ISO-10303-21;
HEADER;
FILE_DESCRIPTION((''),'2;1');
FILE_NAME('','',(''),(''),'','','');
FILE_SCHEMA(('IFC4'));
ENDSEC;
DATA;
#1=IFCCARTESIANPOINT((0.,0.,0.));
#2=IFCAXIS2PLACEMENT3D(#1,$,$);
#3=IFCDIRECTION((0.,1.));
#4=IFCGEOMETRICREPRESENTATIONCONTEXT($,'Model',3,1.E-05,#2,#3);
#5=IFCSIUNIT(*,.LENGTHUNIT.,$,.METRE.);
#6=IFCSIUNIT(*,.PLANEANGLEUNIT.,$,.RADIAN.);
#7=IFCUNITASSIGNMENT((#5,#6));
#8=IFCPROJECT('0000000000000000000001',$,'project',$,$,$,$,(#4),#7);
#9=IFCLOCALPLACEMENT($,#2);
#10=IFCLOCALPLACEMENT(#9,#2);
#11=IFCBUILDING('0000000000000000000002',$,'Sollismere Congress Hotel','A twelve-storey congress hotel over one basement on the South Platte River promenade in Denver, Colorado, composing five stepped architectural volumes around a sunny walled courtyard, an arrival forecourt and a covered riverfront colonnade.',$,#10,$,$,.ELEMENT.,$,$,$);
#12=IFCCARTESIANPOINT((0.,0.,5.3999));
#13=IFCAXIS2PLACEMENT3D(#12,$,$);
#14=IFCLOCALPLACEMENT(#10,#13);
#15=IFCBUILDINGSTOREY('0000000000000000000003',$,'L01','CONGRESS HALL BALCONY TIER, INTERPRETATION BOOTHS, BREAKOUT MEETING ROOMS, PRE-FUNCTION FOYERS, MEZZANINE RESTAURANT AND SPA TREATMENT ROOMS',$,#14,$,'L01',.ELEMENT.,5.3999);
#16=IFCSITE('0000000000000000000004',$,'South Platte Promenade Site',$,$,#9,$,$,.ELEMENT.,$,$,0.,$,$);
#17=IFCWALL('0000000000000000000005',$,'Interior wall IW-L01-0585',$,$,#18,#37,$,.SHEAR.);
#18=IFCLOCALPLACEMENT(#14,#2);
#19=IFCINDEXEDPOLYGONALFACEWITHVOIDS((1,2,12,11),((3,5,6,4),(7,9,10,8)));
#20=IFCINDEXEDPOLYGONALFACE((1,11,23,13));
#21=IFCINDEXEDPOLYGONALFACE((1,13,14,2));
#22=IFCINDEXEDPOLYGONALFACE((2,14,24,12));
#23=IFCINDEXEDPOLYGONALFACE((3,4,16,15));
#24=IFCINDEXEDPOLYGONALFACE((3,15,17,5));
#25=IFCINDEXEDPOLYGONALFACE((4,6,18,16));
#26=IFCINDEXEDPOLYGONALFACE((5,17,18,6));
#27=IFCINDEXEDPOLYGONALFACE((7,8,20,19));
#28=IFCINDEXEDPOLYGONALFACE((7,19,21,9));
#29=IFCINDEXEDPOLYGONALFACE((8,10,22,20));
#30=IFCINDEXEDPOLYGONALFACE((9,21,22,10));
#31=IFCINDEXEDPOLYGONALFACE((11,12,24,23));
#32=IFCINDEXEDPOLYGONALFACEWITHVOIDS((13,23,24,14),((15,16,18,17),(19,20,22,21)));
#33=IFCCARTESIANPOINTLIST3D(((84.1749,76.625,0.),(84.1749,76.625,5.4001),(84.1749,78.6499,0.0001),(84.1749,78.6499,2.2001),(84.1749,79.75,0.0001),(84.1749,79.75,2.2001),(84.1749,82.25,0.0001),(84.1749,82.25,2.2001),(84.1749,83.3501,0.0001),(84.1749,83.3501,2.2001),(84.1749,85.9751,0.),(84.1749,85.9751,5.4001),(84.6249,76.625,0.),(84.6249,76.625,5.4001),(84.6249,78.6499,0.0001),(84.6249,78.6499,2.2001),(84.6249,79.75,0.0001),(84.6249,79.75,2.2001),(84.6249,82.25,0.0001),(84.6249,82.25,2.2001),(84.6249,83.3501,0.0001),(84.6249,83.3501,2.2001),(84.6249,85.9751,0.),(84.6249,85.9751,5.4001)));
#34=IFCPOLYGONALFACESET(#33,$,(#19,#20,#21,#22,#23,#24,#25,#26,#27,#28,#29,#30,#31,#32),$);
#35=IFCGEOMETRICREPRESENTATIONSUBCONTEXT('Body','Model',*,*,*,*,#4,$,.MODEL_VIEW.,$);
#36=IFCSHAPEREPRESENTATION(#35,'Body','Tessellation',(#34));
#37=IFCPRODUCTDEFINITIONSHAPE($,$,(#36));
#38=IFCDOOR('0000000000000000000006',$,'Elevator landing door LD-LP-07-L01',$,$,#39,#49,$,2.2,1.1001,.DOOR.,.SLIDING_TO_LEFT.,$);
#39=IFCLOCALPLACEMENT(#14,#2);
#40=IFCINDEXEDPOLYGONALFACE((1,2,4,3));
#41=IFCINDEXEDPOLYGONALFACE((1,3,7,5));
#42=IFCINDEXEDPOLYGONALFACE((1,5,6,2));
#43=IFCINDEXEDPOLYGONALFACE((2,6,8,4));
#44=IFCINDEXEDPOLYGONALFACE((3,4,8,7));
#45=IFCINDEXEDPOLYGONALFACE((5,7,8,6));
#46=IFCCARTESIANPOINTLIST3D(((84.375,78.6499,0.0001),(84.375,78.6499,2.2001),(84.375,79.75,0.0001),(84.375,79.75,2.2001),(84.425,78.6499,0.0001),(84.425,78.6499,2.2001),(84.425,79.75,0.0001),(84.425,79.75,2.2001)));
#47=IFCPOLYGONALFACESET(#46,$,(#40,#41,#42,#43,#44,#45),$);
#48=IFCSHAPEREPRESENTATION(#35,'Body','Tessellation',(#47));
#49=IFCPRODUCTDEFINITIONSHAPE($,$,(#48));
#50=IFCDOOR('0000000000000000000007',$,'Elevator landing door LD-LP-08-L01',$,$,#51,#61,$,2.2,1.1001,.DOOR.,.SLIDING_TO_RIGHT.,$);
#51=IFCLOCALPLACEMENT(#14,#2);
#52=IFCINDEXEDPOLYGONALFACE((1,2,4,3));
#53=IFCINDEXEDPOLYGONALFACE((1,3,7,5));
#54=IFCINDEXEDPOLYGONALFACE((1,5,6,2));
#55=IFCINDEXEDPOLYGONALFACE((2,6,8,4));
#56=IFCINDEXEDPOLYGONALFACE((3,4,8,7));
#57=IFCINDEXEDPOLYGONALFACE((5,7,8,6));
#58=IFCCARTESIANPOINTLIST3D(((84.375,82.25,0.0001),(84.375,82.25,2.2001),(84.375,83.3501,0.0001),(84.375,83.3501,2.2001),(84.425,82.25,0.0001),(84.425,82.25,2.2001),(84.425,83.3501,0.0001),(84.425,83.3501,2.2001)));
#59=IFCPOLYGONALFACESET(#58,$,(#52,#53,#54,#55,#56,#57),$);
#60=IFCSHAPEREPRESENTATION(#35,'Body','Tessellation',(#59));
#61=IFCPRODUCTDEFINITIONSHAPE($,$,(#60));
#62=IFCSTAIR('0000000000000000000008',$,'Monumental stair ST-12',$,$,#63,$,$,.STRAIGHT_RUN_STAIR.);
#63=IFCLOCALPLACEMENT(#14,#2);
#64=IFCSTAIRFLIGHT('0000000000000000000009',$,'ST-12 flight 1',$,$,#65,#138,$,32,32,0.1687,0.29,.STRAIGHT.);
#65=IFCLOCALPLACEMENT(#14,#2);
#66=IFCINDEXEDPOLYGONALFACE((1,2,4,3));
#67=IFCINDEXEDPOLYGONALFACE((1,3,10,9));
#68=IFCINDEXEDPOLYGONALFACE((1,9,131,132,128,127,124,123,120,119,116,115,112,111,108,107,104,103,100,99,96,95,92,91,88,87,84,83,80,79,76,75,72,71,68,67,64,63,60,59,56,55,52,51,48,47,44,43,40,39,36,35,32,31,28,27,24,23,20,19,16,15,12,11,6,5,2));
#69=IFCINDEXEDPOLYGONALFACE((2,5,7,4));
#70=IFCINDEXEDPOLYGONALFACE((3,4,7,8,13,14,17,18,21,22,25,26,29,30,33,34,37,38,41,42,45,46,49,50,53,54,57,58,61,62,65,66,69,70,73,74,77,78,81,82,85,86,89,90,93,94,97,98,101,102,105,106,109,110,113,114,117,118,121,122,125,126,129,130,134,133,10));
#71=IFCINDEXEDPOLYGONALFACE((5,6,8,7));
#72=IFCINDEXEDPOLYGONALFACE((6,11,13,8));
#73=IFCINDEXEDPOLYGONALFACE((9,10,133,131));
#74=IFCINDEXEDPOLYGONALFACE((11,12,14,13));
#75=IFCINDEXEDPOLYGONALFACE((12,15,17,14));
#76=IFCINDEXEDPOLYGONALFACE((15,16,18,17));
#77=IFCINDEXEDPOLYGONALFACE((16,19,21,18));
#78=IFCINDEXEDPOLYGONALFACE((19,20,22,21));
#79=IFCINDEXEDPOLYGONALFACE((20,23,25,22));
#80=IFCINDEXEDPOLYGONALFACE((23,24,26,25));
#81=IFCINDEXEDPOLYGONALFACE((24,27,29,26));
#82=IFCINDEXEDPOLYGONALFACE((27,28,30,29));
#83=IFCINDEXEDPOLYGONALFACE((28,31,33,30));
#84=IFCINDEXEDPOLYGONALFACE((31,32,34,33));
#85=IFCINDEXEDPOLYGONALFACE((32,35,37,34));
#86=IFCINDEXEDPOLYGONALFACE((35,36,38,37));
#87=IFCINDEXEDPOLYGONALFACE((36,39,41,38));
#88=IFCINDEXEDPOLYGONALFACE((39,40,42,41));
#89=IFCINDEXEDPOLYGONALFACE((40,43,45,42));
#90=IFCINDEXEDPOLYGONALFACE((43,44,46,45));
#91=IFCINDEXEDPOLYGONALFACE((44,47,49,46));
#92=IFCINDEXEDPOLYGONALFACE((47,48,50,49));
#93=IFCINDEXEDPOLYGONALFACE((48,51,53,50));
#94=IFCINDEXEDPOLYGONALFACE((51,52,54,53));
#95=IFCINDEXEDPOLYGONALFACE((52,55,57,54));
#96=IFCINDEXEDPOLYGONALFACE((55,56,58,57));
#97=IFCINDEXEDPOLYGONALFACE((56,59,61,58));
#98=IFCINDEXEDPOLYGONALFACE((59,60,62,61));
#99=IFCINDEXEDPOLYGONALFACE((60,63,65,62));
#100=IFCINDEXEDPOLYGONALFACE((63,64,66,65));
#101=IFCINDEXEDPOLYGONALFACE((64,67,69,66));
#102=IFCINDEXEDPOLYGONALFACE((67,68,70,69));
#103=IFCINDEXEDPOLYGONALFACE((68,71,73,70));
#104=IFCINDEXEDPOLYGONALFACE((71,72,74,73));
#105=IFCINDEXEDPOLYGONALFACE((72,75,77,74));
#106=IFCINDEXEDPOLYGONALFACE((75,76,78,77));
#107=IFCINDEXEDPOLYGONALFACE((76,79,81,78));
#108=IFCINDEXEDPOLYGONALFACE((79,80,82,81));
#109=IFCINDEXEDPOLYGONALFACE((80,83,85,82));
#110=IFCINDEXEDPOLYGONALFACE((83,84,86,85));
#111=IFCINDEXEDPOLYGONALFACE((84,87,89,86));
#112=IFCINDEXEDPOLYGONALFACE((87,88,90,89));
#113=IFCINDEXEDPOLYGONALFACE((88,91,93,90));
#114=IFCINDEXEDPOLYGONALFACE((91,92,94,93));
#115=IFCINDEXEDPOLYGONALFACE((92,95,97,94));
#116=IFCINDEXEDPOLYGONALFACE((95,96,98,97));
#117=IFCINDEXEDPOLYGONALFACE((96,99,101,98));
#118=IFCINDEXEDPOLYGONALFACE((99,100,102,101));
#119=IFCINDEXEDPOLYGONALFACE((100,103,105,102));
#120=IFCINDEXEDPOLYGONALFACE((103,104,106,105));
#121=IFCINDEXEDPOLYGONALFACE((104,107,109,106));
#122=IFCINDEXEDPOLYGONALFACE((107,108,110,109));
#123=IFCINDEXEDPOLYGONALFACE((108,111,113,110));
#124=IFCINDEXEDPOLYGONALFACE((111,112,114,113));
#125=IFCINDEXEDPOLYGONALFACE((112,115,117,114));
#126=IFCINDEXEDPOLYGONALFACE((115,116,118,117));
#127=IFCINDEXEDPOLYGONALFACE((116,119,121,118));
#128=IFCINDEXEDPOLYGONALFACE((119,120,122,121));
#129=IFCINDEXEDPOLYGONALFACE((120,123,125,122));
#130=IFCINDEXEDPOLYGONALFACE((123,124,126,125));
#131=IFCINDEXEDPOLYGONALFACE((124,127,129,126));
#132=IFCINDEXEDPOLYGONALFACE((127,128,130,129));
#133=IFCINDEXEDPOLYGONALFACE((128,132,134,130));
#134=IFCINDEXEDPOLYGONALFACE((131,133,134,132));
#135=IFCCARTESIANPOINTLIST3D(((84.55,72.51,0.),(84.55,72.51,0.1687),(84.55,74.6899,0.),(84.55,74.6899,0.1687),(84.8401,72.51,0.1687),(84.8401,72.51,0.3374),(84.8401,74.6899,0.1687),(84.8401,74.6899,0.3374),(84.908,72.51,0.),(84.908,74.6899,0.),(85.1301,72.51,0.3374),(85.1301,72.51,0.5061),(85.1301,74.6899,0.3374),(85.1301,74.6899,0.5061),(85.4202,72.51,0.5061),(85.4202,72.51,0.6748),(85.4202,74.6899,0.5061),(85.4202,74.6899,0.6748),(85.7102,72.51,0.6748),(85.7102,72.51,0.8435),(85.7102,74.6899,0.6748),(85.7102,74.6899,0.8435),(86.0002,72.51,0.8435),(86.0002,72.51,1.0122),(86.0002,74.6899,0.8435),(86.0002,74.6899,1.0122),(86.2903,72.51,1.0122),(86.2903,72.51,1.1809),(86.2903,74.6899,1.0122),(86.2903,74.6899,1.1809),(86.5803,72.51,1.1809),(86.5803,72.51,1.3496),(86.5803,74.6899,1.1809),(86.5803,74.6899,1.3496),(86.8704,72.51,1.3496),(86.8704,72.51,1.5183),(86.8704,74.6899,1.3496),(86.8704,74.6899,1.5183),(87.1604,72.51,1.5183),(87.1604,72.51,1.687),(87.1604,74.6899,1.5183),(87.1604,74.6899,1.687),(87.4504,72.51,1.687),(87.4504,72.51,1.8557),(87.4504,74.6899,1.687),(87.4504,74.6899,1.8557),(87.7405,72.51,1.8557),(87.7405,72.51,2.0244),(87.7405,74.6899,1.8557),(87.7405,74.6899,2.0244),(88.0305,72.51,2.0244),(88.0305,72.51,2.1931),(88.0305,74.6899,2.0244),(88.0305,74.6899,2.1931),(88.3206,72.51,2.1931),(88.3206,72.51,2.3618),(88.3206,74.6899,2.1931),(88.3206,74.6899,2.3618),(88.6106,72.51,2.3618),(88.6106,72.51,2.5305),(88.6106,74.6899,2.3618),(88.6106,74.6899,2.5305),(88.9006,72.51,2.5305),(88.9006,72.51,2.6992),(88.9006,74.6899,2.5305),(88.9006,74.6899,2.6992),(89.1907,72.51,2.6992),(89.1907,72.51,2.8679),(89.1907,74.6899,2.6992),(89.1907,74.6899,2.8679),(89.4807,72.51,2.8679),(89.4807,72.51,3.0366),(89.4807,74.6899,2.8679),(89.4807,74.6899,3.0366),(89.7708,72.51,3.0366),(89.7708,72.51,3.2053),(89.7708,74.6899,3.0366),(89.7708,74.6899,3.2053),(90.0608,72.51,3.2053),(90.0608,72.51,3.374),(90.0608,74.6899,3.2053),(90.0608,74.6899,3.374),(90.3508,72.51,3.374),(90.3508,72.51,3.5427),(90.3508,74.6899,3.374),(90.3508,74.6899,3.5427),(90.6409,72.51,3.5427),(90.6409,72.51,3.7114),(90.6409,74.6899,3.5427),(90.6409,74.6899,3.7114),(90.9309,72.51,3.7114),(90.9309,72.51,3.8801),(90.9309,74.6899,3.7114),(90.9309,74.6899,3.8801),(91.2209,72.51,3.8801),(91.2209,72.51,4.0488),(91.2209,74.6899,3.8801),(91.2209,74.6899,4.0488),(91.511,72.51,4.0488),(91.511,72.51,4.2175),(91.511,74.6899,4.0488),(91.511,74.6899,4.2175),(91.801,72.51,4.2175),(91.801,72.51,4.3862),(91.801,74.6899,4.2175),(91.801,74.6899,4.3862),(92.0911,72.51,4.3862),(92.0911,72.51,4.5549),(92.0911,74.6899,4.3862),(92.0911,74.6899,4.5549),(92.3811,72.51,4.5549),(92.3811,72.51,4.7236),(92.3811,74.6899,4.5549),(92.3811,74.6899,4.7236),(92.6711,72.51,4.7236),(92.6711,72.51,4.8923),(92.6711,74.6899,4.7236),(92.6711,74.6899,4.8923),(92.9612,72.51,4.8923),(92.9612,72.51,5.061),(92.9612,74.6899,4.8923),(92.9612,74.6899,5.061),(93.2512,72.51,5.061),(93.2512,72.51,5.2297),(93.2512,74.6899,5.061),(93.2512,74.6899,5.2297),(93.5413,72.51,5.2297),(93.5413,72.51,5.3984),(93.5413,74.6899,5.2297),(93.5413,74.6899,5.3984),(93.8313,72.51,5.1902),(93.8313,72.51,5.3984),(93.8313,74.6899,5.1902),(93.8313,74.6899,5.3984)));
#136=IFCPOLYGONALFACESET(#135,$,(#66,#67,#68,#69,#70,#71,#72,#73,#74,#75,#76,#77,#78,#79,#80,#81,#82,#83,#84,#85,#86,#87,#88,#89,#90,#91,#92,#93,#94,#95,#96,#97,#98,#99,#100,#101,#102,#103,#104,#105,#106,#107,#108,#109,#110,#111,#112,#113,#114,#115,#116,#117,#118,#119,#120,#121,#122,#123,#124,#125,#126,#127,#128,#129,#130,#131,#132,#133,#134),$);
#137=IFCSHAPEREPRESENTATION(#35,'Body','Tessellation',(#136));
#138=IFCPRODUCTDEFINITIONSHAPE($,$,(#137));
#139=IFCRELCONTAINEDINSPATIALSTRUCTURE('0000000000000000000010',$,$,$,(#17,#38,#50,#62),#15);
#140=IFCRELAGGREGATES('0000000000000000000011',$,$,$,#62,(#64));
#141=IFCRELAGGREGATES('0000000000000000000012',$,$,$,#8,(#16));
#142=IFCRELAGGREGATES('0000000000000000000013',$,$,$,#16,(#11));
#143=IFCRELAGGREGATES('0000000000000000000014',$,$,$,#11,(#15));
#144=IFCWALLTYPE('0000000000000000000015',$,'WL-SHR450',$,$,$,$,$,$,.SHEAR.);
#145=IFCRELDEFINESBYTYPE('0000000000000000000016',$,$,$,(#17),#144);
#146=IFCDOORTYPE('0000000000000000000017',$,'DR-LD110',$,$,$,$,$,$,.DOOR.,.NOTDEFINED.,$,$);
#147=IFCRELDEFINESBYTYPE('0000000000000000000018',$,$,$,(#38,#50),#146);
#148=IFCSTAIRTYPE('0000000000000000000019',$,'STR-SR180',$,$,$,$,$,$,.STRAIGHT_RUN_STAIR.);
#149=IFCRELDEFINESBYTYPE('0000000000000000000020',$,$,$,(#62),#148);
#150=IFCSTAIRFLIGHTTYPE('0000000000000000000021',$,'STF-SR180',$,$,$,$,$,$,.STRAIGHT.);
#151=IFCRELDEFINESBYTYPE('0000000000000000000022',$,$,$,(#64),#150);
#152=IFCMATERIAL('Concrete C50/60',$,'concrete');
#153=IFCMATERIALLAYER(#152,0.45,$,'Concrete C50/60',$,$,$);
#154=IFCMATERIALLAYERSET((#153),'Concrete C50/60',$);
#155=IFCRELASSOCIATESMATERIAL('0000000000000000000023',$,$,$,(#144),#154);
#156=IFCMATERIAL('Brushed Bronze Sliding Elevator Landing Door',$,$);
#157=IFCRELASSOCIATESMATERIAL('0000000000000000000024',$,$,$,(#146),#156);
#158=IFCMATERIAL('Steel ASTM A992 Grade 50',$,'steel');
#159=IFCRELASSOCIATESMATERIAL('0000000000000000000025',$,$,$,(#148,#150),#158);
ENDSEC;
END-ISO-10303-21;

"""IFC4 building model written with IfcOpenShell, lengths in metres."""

from ifc_helpers import new_model, si_unit, direction, frame, frame_2d, origin, place, context, subcontext, project, spatial, polyline, rectangle, outline, extrude, material, layer, layer_set, type_object, element, fill, aggregate, save


model = new_model("IFC4")

# Units and contexts
model_context = context("Model", 3, precision=1e-05, world=origin(), true_north=direction((0.0, 1.0)))
body_context = subcontext(model_context, "Body", "Model", "MODEL_VIEW")
ifc_project = project(units=[si_unit("LENGTHUNIT", "METRE"), si_unit("PLANEANGLEUNIT", "RADIAN")], contexts=[model_context])

# Site, building, storey
site_placement = place(None, origin())
site = spatial("IfcSite", under=ifc_project, at=site_placement, Name="South Platte Promenade Site", CompositionType="ELEMENT", RefElevation=0.0)
building_placement = place(site_placement, origin())
building = spatial("IfcBuilding", under=site, at=building_placement, Name="Sollismere Congress Hotel", Description="A twelve-storey congress hotel over one basement on the South Platte River promenade in Denver, Colorado, composing five stepped architectural volumes around a sunny walled courtyard, an arrival forecourt and a covered riverfront colonnade.", CompositionType="ELEMENT")
storey_placement = place(building_placement, frame((0.0, 0.0, 5.3999)))
storey = spatial("IfcBuildingStorey", under=building, at=storey_placement, Name="L01", Description="CONGRESS HALL BALCONY TIER, INTERPRETATION BOOTHS, BREAKOUT MEETING ROOMS, PRE-FUNCTION FOYERS, MEZZANINE RESTAURANT AND SPA TREATMENT ROOMS", LongName="L01", CompositionType="ELEMENT", Elevation=5.3999)

# Shared definitions
ifc_material_1 = material(Name="Steel ASTM A992 Grade 50", Category="steel")

# Shared definitions
ifc_material_2 = material(Name="Concrete C50/60", Category="concrete")

# Wall, openings, doors
ifc_layer_1 = layer(ifc_material_2, 0.45, Name="Concrete C50/60")
ifc_layer_set_1 = layer_set([ifc_layer_1], Name="Concrete C50/60")
wall_type_1 = type_object("IfcWallType", Name="WL-SHR450", PredefinedType="SHEAR", material=ifc_layer_set_1)
wall_1_placement = place(storey_placement, frame((84.3999, 76.625, 0.0), z_axis=(0.0, 0.0, 1.0), x_axis=(0.0, 1.0, 0.0)))
wall_1 = element("IfcWall", 1, at=wall_1_placement, inside=storey, type_object=wall_type_1, Name="Interior wall IW-L01-0585", PredefinedType="SHEAR", context=body_context, shape_type="SweptSolid", body=[
    extrude(rectangle(XDim=9.3501, YDim=0.45, at=frame_2d((4.675, 0.0))), origin(), (0.0, 0.0, 1.0), 5.4001),
])
opening_1_placement = place(wall_1_placement, frame((2.0249, 0.0, 0.0)))
opening_1 = element("IfcOpeningElement", 2, at=opening_1_placement, cuts=wall_1, PredefinedType="OPENING", context=body_context, shape_type="SweptSolid", body=[
    extrude(rectangle(XDim=1.1001, YDim=2.2, at=frame_2d((0.55, 1.1001))), frame((0.0, 0.2349, 0.0), z_axis=(0.0, -1.0, 0.0), x_axis=(1.0, 0.0, 0.0)), (0.0, 0.0, 1.0), 0.47),
])
opening_2_placement = place(wall_1_placement, frame((5.625, 0.0, 0.0)))
opening_2 = element("IfcOpeningElement", 3, at=opening_2_placement, cuts=wall_1, PredefinedType="OPENING", context=body_context, shape_type="SweptSolid", body=[
    extrude(rectangle(XDim=1.1001, YDim=2.2, at=frame_2d((0.55, 1.1001))), frame((0.0, 0.2349, 0.0), z_axis=(0.0, -1.0, 0.0), x_axis=(1.0, 0.0, 0.0)), (0.0, 0.0, 1.0), 0.47),
])
ifc_material_3 = material(Name="Brushed Bronze Sliding Elevator Landing Door")
door_type = type_object("IfcDoorType", Name="DR-LD110", OperationType="NOTDEFINED", PredefinedType="DOOR", material=ifc_material_3)
door_1_placement = place(opening_1_placement, origin())
door_1 = element("IfcDoor", 4, at=door_1_placement, inside=storey, type_object=door_type, Name="Elevator landing door LD-LP-07-L01", OperationType="SLIDING_TO_LEFT", OverallHeight=2.2, OverallWidth=1.1001, PredefinedType="DOOR", context=body_context, shape_type="SweptSolid", body=[
    extrude(rectangle(XDim=1.1001, YDim=2.2, at=frame_2d((0.55, 1.1001))), frame((0.0, 0.0249, 0.0), z_axis=(0.0, -1.0, 0.0), x_axis=(1.0, 0.0, 0.0)), (0.0, 0.0, 1.0), 0.05),
])
fill(opening_1, door_1)
door_2_placement = place(opening_2_placement, origin())
door_2 = element("IfcDoor", 5, at=door_2_placement, inside=storey, type_object=door_type, Name="Elevator landing door LD-LP-08-L01", OperationType="SLIDING_TO_RIGHT", OverallHeight=2.2, OverallWidth=1.1001, PredefinedType="DOOR", context=body_context, shape_type="SweptSolid", body=[
    extrude(rectangle(XDim=1.1001, YDim=2.2, at=frame_2d((0.55, 1.1001))), frame((0.0, 0.0249, 0.0), z_axis=(0.0, -1.0, 0.0), x_axis=(1.0, 0.0, 0.0)), (0.0, 0.0, 1.0), 0.05),
])
fill(opening_2, door_2)

# Stair, stair flight
stair_type = type_object("IfcStairType", Name="STR-SR180", PredefinedType="STRAIGHT_RUN_STAIR", material=ifc_material_1)
stair_placement = place(storey_placement, origin())
stair = element("IfcStair", 6, at=stair_placement, inside=storey, type_object=stair_type, Name="Monumental stair ST-12", PredefinedType="STRAIGHT_RUN_STAIR")
stair_flight_type = type_object("IfcStairFlightType", Name="STF-SR180", PredefinedType="STRAIGHT", material=ifc_material_1)
stair_flight_placement = place(storey_placement, frame((84.55, 73.6001, 0.0), z_axis=(0.0, 0.0, 1.0), x_axis=(1.0, 0.0, 0.0)))
stair_flight = element("IfcStairFlight", 7, at=stair_flight_placement, type_object=stair_flight_type, Name="ST-12 flight 1", NumberOfRisers=32, NumberOfTreads=32, PredefinedType="STRAIGHT", RiserHeight=0.1687, TreadLength=0.29, context=body_context, shape_type="SweptSolid", body=[
    extrude(outline(polyline([(0.0, 0.0), (0.0, 0.1687), (0.29, 0.1687), (0.29, 0.3374), (0.5801, 0.3374), (0.5801, 0.5061), (0.8701, 0.5061), (0.8701, 0.6748), (1.1602, 0.6748), (1.1602, 0.8435), (1.4502, 0.8435), (1.4502, 1.0122), (1.7402, 1.0122), (1.7402, 1.1809), (2.0303, 1.1809), (2.0303, 1.3496), (2.3203, 1.3496), (2.3203, 1.5183), (2.6104, 1.5183), (2.6104, 1.687), (2.9004, 1.687), (2.9004, 1.8557), (3.1904, 1.8557), (3.1904, 2.0244), (3.4805, 2.0244), (3.4805, 2.1931), (3.7705, 2.1931), (3.7705, 2.3618), (4.0605, 2.3618), (4.0605, 2.5305), (4.3506, 2.5305), (4.3506, 2.6992), (4.6406, 2.6992), (4.6406, 2.8679), (4.9307, 2.8679), (4.9307, 3.0366), (5.2207, 3.0366), (5.2207, 3.2053), (5.5107, 3.2053), (5.5107, 3.374), (5.8008, 3.374), (5.8008, 3.5427), (6.0908, 3.5427), (6.0908, 3.7114), (6.3809, 3.7114), (6.3809, 3.8801), (6.6709, 3.8801), (6.6709, 4.0488), (6.9609, 4.0488), (6.9609, 4.2175), (7.251, 4.2175), (7.251, 4.3862), (7.541, 4.3862), (7.541, 4.5549), (7.8311, 4.5549), (7.8311, 4.7236), (8.1211, 4.7236), (8.1211, 4.8923), (8.4111, 4.8923), (8.4111, 5.061), (8.7012, 5.061), (8.7012, 5.2297), (8.9912, 5.2297), (8.9912, 5.3984), (9.2812, 5.3984), (9.2812, 5.1902), (0.3579, 0.0), (0.0, 0.0)])), frame((0.0, 1.0898, 0.0), z_axis=(0.0, -1.0, 0.0), x_axis=(1.0, 0.0, 0.0)), (0.0, 0.0, 1.0), 2.1799),
])
aggregate(stair, [stair_flight])

save(model, "model.ifc")
